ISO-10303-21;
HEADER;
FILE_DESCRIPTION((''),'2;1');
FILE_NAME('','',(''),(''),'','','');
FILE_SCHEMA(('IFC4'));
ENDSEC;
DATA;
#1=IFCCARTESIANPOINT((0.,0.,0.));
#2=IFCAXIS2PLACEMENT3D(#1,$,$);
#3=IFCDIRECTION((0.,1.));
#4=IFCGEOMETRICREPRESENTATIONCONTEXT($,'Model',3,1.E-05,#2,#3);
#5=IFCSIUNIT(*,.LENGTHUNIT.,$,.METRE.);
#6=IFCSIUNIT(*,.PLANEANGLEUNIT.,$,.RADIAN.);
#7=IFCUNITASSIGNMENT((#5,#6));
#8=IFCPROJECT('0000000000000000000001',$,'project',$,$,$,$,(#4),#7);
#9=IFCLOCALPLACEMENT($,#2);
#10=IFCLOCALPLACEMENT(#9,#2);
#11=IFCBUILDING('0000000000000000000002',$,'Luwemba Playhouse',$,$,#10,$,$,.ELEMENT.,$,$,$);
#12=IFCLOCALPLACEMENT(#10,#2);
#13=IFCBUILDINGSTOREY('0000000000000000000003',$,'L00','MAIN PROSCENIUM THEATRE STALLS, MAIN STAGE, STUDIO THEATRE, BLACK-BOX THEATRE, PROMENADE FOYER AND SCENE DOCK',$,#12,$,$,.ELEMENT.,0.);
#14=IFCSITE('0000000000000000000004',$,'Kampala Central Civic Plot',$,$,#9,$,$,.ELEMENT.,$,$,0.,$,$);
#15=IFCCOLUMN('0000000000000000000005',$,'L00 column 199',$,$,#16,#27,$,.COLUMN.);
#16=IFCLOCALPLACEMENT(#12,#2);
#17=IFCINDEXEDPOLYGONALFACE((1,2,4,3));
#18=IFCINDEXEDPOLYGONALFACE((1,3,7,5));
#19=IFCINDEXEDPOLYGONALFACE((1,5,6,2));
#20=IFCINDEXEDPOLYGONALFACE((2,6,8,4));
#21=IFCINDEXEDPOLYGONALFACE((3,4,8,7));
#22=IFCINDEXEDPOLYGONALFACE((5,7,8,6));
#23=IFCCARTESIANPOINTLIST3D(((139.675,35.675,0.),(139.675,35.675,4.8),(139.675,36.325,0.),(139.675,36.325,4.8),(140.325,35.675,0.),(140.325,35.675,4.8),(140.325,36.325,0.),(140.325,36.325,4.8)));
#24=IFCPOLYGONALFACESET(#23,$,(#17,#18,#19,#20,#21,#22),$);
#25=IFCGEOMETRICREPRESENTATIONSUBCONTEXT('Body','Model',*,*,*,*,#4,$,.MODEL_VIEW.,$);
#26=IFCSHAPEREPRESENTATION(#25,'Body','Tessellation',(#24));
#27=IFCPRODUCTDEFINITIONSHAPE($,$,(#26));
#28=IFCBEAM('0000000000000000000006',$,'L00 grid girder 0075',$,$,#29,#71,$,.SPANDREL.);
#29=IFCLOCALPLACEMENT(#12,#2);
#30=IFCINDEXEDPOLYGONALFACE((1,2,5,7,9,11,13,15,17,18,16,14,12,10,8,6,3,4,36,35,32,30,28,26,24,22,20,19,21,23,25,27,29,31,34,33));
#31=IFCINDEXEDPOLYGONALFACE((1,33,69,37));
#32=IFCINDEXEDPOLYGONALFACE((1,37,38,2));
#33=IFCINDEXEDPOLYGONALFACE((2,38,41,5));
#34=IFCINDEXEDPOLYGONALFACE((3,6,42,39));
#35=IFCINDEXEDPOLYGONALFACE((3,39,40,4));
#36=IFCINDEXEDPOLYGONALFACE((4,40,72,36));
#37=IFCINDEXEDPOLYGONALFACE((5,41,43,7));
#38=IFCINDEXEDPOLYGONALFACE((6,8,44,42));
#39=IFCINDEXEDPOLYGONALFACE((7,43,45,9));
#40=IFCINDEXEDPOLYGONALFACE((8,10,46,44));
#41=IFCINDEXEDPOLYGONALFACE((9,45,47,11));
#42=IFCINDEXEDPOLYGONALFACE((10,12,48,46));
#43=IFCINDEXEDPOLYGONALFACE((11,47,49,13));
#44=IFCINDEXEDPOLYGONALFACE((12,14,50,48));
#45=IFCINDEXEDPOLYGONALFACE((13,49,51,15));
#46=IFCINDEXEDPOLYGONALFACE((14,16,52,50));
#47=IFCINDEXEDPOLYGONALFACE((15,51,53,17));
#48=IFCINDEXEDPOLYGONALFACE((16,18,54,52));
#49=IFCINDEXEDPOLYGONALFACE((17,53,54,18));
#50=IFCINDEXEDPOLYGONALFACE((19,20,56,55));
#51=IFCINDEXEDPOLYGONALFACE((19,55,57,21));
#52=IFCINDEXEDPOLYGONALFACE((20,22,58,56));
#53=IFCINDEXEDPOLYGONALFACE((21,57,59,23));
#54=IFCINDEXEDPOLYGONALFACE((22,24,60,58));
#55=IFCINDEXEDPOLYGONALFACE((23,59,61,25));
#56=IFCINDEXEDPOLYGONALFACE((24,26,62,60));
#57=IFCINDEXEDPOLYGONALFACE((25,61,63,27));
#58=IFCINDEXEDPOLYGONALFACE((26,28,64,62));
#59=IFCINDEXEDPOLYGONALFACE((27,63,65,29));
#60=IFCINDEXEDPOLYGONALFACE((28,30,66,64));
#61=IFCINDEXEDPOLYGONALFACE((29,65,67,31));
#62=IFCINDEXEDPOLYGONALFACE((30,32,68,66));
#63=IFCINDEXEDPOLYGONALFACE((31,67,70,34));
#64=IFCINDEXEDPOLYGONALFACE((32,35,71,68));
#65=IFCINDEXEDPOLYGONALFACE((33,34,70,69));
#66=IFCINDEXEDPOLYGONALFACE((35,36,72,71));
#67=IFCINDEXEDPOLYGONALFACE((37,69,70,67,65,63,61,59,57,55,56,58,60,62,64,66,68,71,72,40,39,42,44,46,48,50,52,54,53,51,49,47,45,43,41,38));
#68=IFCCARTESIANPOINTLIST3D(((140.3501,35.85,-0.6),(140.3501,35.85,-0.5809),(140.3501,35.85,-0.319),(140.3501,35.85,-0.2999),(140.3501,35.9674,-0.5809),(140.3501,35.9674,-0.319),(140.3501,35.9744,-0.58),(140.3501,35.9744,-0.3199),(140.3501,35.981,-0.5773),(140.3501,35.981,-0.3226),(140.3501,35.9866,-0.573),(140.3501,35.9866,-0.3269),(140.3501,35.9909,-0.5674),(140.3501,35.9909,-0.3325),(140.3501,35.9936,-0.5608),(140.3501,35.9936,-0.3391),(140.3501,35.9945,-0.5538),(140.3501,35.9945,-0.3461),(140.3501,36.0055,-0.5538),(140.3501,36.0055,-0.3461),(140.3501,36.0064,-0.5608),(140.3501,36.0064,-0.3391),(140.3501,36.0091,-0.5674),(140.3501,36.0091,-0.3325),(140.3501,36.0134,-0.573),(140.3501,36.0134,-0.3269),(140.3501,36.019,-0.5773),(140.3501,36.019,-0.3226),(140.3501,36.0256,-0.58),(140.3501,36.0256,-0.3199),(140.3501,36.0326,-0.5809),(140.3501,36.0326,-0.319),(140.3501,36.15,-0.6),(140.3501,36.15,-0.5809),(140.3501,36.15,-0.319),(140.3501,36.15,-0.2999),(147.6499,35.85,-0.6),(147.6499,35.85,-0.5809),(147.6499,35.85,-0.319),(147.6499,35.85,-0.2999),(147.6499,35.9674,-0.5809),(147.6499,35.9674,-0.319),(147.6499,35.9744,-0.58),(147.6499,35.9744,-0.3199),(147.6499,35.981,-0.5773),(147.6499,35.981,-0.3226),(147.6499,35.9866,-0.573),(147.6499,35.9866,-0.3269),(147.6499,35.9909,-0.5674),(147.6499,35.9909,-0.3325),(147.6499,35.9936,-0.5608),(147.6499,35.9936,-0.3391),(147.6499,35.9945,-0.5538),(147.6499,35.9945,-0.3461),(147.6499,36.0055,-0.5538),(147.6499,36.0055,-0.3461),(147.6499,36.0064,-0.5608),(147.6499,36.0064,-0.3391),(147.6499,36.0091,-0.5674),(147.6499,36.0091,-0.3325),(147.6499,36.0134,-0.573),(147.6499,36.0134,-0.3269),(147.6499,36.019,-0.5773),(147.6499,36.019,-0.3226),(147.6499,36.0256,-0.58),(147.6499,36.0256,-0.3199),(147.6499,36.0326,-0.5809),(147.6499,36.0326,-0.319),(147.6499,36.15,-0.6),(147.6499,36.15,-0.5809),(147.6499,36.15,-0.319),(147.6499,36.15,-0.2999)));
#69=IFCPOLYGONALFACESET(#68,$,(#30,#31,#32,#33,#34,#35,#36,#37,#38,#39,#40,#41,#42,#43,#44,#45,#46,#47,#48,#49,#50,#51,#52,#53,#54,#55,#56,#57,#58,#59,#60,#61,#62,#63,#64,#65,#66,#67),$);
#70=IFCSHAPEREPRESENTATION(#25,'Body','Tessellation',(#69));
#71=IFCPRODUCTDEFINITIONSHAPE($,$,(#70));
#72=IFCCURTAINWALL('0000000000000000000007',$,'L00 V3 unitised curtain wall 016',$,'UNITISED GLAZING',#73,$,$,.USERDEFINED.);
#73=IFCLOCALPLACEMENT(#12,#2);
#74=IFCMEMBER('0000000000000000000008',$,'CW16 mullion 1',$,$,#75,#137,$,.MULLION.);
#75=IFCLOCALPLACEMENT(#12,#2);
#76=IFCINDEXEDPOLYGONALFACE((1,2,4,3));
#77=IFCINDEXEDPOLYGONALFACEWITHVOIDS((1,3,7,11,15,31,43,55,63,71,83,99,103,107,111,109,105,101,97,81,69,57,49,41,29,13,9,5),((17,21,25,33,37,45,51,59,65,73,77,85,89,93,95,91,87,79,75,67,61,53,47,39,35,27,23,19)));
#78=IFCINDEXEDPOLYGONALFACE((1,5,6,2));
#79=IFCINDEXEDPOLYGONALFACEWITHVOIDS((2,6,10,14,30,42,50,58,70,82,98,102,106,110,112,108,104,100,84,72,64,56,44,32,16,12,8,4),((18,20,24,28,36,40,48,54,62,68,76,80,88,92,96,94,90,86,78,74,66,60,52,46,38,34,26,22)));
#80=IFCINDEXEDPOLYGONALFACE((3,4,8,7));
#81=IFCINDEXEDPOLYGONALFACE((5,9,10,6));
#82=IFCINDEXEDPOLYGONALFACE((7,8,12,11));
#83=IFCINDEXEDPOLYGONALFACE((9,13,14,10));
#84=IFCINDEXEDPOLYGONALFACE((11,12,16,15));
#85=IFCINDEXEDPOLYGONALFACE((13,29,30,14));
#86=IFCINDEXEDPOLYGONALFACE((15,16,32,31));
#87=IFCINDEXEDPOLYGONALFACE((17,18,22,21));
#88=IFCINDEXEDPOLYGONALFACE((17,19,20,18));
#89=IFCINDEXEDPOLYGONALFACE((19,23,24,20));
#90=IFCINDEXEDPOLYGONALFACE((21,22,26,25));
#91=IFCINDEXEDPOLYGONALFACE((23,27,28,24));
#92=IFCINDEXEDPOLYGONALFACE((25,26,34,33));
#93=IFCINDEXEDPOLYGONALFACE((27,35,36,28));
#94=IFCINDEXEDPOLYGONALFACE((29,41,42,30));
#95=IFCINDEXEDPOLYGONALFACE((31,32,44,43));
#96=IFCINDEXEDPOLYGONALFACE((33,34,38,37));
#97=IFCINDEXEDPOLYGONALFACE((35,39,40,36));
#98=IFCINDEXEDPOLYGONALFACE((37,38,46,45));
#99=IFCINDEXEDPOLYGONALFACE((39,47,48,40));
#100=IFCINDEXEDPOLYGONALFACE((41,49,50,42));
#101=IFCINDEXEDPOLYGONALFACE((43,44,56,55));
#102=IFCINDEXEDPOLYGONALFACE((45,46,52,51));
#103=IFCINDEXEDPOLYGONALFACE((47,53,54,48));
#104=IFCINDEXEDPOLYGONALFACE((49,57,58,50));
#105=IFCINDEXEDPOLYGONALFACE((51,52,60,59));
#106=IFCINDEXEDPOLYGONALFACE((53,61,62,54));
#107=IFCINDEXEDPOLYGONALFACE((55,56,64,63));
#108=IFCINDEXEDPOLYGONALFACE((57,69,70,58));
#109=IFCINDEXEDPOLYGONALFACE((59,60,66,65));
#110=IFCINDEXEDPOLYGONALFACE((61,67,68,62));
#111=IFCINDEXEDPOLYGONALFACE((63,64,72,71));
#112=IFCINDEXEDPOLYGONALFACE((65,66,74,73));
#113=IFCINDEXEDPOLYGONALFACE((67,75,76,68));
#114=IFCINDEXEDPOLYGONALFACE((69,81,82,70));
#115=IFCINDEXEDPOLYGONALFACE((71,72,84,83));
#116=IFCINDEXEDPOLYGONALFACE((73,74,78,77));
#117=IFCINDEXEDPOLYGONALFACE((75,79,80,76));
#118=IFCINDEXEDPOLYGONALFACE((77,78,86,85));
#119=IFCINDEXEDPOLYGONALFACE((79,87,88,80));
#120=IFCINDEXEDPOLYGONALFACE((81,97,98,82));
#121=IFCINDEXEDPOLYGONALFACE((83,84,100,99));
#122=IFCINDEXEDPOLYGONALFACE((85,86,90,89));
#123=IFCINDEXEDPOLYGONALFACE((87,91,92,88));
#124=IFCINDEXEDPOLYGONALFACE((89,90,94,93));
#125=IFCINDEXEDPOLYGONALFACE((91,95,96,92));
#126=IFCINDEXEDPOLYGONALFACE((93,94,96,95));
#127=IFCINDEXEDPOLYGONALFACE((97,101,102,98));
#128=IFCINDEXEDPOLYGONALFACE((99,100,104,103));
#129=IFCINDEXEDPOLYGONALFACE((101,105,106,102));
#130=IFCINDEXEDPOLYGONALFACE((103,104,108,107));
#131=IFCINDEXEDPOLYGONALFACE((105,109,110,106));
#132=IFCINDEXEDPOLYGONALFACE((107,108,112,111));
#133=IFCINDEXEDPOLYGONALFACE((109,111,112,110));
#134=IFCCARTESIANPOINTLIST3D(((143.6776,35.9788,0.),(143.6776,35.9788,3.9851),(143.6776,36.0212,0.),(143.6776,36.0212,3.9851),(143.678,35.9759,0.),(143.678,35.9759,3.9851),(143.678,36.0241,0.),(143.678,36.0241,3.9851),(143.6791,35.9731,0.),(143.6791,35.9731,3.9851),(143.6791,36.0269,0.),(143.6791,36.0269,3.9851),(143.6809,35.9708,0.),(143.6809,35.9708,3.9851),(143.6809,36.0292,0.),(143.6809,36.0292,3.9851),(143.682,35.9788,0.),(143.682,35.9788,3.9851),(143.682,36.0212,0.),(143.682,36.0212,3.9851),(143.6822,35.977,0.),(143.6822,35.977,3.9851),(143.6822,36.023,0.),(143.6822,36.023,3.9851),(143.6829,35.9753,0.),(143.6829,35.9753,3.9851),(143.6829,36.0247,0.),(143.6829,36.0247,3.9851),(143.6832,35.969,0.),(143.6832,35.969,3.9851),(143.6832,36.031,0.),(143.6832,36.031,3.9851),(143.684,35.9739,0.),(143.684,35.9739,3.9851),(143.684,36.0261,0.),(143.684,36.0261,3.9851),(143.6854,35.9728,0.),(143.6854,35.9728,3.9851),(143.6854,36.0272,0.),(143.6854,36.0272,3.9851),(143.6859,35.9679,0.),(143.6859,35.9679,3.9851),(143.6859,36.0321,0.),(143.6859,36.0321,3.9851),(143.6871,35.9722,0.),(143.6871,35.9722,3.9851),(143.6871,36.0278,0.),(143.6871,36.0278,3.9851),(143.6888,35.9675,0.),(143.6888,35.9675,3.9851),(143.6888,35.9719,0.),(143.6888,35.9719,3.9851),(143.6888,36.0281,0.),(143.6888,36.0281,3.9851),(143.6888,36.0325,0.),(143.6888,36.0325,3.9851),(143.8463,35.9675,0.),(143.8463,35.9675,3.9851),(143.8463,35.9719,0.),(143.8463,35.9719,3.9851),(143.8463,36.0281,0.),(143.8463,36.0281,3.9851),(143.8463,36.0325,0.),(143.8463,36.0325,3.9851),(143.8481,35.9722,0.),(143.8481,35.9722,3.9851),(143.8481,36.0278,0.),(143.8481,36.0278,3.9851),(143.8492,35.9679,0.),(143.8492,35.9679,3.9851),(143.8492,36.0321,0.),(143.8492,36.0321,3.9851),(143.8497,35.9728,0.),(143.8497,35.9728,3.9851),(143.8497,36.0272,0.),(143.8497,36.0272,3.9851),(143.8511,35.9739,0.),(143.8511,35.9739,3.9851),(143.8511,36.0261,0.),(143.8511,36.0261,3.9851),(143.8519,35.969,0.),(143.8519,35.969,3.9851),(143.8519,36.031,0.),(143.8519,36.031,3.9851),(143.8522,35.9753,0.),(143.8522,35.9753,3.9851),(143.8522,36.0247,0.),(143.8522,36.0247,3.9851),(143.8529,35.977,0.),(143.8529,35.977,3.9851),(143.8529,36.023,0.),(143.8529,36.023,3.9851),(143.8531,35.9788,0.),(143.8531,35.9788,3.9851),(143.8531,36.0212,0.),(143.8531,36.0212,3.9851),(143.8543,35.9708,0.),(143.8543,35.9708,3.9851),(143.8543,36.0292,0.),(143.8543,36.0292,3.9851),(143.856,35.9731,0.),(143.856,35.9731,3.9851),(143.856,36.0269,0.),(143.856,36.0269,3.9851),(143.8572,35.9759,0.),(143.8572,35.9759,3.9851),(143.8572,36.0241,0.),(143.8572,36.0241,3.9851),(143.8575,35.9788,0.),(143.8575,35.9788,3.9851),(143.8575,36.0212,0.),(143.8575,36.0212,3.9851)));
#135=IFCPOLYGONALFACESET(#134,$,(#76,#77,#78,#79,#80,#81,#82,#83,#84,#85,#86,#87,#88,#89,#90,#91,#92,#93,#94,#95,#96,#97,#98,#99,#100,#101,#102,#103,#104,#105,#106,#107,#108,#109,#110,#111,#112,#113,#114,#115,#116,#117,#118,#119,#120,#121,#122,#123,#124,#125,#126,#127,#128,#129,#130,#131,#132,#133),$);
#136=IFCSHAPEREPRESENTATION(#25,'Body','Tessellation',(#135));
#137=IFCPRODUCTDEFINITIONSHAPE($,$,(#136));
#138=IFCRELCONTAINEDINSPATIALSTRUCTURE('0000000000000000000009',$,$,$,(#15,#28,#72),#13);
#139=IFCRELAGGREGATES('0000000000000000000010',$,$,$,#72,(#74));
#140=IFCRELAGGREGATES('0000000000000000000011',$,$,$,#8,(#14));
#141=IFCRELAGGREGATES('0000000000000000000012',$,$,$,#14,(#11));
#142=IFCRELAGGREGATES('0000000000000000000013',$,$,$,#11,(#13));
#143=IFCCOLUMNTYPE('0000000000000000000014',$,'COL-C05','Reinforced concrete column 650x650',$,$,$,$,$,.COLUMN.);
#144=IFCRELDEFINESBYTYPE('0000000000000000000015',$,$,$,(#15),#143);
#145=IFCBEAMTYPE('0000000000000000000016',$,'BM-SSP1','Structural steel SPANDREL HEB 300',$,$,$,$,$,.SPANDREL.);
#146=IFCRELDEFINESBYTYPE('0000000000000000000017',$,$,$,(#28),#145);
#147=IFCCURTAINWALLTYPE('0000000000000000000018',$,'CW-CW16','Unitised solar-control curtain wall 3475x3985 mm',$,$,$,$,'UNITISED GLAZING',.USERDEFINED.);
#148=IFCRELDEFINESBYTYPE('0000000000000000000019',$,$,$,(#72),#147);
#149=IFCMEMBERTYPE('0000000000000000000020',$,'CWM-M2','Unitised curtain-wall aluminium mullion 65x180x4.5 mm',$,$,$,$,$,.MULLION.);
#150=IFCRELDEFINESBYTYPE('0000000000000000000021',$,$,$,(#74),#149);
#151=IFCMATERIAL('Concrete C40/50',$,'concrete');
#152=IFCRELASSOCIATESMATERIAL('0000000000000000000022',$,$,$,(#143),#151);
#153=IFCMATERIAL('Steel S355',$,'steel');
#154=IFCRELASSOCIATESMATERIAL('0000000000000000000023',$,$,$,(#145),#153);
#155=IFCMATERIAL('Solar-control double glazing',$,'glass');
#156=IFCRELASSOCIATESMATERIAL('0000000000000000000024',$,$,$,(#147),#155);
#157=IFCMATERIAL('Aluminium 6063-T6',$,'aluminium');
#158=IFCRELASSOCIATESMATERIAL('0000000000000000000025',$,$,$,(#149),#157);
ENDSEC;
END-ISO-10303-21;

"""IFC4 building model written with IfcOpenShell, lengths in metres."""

from ifc_helpers import new_model, si_unit, direction, frame, origin, origin_2d, place, context, subcontext, project, spatial, rectangle, hollow_rectangle, i_section, extrude, material, material_profile, profile_set, type_object, element, aggregate, save


model = new_model("IFC4")

# Units and contexts
model_context = context("Model", 3, precision=1e-05, world=origin(), true_north=direction((0.0, 1.0)))
body_context = subcontext(model_context, "Body", "Model", "MODEL_VIEW")
ifc_project = project(units=[si_unit("LENGTHUNIT", "METRE"), si_unit("PLANEANGLEUNIT", "RADIAN")], contexts=[model_context])

# Site, building, storey
site_placement = place(None, origin())
site = spatial("IfcSite", under=ifc_project, at=site_placement, Name="Kampala Central Civic Plot", CompositionType="ELEMENT", RefElevation=0.0)
building_placement = place(site_placement, origin())
building = spatial("IfcBuilding", under=site, at=building_placement, Name="Luwemba Playhouse", CompositionType="ELEMENT")
storey_placement = place(building_placement, origin())
storey = spatial("IfcBuildingStorey", under=building, at=storey_placement, Name="L00", Description="MAIN PROSCENIUM THEATRE STALLS, MAIN STAGE, STUDIO THEATRE, BLACK-BOX THEATRE, PROMENADE FOYER AND SCENE DOCK", CompositionType="ELEMENT", Elevation=0.0)

# Column
ifc_material_1 = material(Name="Concrete C40/50", Category="concrete")
ifc_material_profile_1 = material_profile(ifc_material_1, rectangle(XDim=0.6499, YDim=0.6499, at=origin_2d()))
ifc_profile_set_1 = profile_set([ifc_material_profile_1], Name="Concrete C40/50")
column_type = type_object("IfcColumnType", Name="COL-C05", Description="Reinforced concrete column 650x650", PredefinedType="COLUMN", material=ifc_profile_set_1)
column_placement = place(storey_placement, frame((140.0, 36.0, 0.0), z_axis=(0.0, 0.0, 1.0), x_axis=(1.0, 0.0, 0.0)))
element("IfcColumn", 1, at=column_placement, inside=storey, type_object=column_type, Name="L00 column 199", PredefinedType="COLUMN", context=body_context, shape_type="SweptSolid", body=[
    extrude(rectangle(XDim=0.6499, YDim=0.6499, at=origin_2d()), origin(), (0.0, 0.0, 1.0), 4.8),
])

# Beam
ifc_material_2 = material(Name="Steel S355", Category="steel")
ifc_material_profile_2 = material_profile(ifc_material_2, i_section(OverallWidth=0.3, OverallDepth=0.3, WebThickness=0.011, FlangeThickness=0.019, FilletRadius=0.0271, at=origin_2d()))
ifc_profile_set_2 = profile_set([ifc_material_profile_2], Name="Steel S355")
beam_type = type_object("IfcBeamType", Name="BM-SSP1", Description="Structural steel SPANDREL HEB 300", PredefinedType="SPANDREL", material=ifc_profile_set_2)
beam_placement = place(storey_placement, frame((140.3501, 36.0, -0.45), z_axis=(1.0, 0.0, 0.0), x_axis=(0.0, 1.0, 0.0)))
element("IfcBeam", 2, at=beam_placement, inside=storey, type_object=beam_type, Name="L00 grid girder 0075", PredefinedType="SPANDREL", context=body_context, shape_type="SweptSolid", body=[
    extrude(i_section(OverallWidth=0.3, OverallDepth=0.3, WebThickness=0.011, FlangeThickness=0.019, FilletRadius=0.0271, at=origin_2d()), origin(), (0.0, 0.0, 1.0), 7.2998),
])

# Curtain wall, member
ifc_material_3 = material(Name="Solar-control double glazing", Category="glass")
curtain_wall_type_1 = type_object("IfcCurtainWallType", Name="CW-CW16", Description="Unitised solar-control curtain wall 3475x3985 mm", ElementType="UNITISED GLAZING", PredefinedType="USERDEFINED", material=ifc_material_3)
curtain_wall_1_placement = place(storey_placement, origin())
curtain_wall_1 = element("IfcCurtainWall", 3, at=curtain_wall_1_placement, inside=storey, type_object=curtain_wall_type_1, Name="L00 V3 unitised curtain wall 016", ObjectType="UNITISED GLAZING", PredefinedType="USERDEFINED")
ifc_material_4 = material(Name="Aluminium 6063-T6", Category="aluminium")
ifc_material_profile_3 = material_profile(ifc_material_4, hollow_rectangle(XDim=0.0649, YDim=0.1799, WallThickness=0.0044, InnerFilletRadius=0.0068, OuterFilletRadius=0.0112, at=origin_2d()))
ifc_profile_set_3 = profile_set([ifc_material_profile_3], Name="Aluminium 6063-T6")
member_type_1 = type_object("IfcMemberType", Name="CWM-M2", Description="Unitised curtain-wall aluminium mullion 65x180x4.5 mm", PredefinedType="MULLION", material=ifc_profile_set_3)
member_1_placement = place(storey_placement, frame((143.7676, 36.0, 0.0), z_axis=(0.0, 0.0, 1.0), x_axis=(0.0, -1.0, 0.0)))
member_1 = element("IfcMember", 4, at=member_1_placement, type_object=member_type_1, Name="CW16 mullion 1", PredefinedType="MULLION", context=body_context, shape_type="SweptSolid", body=[
    extrude(hollow_rectangle(XDim=0.0649, YDim=0.1799, WallThickness=0.0044, InnerFilletRadius=0.0068, OuterFilletRadius=0.0112, at=origin_2d()), origin(), (0.0, 0.0, 1.0), 3.9851),
])

aggregate(curtain_wall_1, [member_1])

save(model, "model.ifc")
